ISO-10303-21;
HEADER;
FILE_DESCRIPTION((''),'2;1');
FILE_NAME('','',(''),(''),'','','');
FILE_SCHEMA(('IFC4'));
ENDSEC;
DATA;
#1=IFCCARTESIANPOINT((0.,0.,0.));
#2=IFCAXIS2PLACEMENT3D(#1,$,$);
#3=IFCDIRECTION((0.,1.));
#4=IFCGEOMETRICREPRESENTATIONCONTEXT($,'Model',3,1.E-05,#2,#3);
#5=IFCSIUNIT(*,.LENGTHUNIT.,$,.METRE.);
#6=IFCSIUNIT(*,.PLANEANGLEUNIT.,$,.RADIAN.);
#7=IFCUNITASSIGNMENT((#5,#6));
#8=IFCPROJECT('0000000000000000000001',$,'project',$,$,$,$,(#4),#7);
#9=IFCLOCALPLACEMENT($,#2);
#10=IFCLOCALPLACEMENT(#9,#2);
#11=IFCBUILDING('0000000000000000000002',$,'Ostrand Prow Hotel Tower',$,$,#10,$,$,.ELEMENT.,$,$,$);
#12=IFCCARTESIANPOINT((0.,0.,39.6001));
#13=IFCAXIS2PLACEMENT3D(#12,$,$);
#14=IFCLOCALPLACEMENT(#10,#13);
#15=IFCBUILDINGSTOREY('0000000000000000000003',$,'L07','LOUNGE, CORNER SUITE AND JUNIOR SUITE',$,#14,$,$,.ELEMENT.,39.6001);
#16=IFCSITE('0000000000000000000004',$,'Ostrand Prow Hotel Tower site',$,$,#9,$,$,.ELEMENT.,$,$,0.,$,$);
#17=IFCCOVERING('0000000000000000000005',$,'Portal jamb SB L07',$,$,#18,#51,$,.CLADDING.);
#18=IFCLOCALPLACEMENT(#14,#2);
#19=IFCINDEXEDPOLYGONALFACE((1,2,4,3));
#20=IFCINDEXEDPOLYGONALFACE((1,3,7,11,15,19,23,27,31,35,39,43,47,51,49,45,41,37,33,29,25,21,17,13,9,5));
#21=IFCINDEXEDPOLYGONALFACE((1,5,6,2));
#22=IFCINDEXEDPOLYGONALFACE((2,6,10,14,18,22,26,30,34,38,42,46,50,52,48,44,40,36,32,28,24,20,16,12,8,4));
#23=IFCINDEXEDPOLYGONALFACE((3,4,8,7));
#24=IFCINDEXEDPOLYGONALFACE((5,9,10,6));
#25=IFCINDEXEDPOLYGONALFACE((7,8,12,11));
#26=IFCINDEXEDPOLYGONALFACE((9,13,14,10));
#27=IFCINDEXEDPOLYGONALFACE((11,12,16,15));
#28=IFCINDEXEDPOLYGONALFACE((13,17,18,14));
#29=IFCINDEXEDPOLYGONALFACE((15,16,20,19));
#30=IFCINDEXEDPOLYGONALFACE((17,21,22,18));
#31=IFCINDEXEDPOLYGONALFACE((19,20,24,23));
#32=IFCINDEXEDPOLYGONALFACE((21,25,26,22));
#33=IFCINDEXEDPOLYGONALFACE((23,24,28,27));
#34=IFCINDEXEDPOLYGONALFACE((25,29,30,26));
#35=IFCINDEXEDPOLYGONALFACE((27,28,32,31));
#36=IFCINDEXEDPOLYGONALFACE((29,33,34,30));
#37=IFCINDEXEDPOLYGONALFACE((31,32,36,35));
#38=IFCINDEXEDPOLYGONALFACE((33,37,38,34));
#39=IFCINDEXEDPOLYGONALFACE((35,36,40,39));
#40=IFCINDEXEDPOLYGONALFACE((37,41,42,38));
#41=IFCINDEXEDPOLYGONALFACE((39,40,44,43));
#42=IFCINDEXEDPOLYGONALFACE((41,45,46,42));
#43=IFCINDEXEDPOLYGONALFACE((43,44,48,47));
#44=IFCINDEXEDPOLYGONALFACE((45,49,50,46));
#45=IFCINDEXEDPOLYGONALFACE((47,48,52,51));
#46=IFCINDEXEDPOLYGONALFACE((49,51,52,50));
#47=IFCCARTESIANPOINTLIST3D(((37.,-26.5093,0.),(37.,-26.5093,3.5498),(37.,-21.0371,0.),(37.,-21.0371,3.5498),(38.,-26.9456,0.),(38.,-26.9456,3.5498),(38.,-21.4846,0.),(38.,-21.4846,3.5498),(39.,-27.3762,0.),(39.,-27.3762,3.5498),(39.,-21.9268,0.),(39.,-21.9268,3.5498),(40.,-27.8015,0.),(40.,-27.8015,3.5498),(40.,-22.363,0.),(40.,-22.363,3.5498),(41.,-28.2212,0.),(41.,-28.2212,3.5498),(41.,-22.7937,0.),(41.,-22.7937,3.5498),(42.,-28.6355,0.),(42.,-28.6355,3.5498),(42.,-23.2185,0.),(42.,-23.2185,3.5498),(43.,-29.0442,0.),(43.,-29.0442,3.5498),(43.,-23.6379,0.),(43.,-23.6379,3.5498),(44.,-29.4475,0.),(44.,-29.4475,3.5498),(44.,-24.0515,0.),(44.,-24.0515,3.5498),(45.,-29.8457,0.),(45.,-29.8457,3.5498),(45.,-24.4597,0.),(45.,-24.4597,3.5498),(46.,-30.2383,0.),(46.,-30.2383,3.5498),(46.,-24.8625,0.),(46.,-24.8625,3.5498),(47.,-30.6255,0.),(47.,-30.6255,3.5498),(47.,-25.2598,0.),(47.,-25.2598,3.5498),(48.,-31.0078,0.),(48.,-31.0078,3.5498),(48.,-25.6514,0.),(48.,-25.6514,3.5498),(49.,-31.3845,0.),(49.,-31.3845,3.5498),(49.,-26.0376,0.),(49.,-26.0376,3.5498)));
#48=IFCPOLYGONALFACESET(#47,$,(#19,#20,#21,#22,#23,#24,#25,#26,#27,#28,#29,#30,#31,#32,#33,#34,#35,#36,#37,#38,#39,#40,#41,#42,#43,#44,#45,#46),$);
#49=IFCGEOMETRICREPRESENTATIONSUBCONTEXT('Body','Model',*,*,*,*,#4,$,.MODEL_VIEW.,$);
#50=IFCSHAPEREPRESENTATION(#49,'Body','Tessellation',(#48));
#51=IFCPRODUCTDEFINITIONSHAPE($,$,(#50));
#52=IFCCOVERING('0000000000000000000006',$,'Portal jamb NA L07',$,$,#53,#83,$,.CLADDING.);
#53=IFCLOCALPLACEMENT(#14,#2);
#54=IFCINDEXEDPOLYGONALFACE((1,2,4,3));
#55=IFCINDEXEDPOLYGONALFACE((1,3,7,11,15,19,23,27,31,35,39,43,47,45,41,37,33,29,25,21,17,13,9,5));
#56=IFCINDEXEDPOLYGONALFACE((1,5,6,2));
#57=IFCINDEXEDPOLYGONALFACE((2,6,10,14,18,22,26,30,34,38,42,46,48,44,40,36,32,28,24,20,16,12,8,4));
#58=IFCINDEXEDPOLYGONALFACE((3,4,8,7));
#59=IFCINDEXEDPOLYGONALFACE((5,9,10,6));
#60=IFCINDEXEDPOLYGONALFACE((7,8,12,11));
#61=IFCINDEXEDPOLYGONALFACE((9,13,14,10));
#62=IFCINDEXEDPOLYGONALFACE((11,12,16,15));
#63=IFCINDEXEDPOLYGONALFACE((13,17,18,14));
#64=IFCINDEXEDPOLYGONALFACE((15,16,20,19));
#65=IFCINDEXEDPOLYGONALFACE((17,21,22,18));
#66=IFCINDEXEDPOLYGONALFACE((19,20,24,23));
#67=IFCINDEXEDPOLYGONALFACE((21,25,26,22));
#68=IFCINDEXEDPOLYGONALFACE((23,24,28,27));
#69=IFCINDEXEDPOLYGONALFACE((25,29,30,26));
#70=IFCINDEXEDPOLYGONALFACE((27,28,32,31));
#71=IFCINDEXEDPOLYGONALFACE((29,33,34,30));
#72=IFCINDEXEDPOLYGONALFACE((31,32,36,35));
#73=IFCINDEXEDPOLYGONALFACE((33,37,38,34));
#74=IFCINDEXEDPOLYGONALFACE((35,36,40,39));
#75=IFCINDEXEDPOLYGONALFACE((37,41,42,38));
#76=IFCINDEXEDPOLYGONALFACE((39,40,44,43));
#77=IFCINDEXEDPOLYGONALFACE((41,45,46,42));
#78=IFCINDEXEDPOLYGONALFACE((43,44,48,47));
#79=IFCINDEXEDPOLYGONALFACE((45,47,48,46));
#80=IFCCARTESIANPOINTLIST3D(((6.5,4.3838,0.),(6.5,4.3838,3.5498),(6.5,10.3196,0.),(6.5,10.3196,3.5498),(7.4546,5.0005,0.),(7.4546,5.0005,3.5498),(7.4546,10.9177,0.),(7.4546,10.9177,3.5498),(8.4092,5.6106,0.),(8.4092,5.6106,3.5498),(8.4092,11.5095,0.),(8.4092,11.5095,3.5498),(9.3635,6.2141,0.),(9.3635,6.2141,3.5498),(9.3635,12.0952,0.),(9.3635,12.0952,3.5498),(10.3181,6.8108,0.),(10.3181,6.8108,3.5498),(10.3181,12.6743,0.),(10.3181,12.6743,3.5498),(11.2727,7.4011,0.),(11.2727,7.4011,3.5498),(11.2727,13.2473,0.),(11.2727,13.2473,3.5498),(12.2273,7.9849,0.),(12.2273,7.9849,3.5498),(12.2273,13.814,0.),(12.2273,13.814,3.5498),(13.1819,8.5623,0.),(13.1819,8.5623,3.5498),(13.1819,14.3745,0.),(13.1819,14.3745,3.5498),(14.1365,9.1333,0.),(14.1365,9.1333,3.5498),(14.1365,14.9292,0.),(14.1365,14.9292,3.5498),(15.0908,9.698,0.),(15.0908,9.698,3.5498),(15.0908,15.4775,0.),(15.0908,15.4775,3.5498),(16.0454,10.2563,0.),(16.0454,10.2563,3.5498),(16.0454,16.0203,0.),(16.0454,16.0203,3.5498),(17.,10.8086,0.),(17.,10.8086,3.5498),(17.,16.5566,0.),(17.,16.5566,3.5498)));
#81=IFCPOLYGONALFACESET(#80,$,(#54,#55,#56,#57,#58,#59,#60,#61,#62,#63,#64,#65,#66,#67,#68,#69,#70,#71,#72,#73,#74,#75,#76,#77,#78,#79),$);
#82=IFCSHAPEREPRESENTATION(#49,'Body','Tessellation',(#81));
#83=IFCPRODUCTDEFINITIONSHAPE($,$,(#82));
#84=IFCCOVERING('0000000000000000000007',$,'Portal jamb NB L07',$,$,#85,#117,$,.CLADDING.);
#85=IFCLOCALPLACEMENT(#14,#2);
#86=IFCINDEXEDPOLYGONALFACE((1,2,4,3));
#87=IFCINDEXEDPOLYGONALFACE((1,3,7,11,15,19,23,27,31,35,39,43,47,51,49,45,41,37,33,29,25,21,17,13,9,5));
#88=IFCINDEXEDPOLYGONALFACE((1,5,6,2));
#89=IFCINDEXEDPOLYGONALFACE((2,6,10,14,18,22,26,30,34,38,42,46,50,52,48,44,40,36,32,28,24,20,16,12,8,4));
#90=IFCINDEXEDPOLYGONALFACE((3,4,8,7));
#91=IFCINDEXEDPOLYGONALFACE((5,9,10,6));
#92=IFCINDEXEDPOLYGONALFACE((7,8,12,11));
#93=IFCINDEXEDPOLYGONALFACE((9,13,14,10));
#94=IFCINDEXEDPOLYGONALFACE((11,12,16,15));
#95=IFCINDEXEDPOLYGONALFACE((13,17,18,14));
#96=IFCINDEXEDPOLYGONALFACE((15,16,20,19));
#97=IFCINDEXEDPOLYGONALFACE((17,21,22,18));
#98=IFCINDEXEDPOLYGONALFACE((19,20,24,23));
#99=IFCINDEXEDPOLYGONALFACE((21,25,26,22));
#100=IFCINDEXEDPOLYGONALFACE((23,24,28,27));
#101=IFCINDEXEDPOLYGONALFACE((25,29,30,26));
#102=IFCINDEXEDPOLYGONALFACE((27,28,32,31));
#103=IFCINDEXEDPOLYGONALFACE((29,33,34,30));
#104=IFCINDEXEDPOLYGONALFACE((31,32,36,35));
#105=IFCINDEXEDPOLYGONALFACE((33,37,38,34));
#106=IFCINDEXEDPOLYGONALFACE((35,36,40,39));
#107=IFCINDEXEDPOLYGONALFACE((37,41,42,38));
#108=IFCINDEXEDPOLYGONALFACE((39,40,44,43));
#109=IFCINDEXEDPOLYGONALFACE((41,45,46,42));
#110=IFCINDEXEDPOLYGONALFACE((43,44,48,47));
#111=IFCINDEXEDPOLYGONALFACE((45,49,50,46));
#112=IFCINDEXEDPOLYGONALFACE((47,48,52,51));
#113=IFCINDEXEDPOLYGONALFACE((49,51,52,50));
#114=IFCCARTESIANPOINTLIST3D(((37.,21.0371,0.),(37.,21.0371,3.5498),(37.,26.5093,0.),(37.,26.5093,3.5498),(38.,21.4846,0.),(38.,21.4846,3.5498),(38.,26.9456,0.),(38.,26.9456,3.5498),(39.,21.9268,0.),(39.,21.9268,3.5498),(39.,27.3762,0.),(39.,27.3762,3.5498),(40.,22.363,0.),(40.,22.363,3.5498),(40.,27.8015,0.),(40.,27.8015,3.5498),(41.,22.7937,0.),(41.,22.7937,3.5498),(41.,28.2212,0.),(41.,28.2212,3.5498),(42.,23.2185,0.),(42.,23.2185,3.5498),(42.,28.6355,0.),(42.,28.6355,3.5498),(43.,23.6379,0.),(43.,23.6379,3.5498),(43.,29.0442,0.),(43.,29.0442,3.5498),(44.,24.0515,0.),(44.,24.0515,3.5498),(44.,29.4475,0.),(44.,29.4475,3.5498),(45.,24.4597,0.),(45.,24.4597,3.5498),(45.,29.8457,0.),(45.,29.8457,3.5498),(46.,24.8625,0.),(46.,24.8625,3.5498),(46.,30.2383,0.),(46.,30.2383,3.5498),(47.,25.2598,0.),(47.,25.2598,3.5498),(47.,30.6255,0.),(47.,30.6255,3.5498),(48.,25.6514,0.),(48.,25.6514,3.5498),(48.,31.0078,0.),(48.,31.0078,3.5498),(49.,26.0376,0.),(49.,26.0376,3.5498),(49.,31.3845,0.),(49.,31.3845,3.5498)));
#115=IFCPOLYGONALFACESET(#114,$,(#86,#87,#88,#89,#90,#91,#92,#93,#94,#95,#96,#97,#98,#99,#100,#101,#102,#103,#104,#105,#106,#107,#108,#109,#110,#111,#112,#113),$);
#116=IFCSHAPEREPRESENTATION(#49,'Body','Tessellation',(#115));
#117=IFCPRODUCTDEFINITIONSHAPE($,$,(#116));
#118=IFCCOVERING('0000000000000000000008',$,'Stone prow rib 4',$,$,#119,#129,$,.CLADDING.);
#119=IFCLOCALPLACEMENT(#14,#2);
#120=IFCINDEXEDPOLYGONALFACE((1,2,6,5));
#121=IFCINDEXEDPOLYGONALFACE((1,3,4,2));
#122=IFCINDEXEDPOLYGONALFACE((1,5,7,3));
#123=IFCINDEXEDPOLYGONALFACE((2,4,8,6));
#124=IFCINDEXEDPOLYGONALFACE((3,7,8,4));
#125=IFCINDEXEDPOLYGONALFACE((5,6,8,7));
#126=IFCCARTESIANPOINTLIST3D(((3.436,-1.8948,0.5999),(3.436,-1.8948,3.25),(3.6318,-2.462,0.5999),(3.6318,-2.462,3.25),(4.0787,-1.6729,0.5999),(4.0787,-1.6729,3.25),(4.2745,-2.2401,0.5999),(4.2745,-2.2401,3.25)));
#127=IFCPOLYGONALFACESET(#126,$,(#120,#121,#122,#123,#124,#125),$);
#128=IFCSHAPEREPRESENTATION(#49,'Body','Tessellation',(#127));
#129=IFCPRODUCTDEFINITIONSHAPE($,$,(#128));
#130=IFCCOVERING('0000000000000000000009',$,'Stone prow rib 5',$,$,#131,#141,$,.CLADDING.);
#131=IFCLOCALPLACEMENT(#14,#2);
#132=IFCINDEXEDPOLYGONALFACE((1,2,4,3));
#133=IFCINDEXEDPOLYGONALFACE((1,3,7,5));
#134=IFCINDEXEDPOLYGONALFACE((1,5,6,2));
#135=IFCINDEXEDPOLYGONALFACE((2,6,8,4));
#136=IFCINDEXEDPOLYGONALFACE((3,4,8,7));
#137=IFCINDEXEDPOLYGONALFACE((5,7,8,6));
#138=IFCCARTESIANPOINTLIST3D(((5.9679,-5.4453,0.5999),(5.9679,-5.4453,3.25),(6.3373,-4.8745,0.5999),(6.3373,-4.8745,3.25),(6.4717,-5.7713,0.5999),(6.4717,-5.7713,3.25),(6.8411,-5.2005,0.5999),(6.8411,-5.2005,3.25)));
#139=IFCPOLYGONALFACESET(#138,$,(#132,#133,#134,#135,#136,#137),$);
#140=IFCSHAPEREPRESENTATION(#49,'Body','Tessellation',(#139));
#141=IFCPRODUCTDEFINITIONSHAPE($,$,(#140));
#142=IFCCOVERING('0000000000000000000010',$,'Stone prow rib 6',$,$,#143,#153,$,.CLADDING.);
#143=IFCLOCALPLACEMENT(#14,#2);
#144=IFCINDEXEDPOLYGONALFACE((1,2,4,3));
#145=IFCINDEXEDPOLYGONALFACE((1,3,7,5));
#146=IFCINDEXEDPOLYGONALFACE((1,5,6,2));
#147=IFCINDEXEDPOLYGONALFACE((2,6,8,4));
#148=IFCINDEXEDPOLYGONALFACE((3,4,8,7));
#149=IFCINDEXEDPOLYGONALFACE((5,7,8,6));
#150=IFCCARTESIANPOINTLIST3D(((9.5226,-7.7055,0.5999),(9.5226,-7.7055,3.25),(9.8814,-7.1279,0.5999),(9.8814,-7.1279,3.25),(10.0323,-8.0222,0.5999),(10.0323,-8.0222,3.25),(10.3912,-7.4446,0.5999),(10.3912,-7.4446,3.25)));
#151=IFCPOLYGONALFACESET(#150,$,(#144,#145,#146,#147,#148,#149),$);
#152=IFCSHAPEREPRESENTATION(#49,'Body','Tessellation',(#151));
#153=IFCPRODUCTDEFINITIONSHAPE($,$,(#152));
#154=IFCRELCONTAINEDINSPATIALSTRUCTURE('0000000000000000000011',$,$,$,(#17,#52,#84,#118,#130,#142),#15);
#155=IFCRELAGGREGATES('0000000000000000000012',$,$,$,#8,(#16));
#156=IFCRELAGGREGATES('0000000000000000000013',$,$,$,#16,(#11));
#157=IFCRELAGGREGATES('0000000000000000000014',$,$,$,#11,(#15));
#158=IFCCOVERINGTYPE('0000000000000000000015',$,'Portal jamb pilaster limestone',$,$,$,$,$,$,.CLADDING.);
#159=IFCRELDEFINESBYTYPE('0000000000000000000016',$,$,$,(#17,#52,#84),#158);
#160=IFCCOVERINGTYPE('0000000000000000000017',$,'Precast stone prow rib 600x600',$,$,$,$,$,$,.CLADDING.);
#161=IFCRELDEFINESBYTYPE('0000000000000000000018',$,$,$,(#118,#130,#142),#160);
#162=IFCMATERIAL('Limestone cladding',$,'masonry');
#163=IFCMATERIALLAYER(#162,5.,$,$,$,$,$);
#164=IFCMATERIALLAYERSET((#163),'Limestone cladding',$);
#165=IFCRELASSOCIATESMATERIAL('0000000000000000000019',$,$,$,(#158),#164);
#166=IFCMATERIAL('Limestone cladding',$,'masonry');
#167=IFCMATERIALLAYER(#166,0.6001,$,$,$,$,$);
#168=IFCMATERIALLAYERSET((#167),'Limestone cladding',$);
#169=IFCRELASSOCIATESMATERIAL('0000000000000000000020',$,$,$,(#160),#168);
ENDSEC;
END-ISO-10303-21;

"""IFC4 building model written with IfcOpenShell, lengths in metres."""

from ifc_helpers import new_model, si_unit, direction, frame, frame_2d, origin, place, context, subcontext, project, spatial, polyline, rectangle, outline, extrude, material, layer, layer_set, type_object, element, save


model = new_model("IFC4")

# Units and contexts
model_context = context("Model", 3, precision=1e-05, world=origin(), true_north=direction((0.0, 1.0)))
body_context = subcontext(model_context, "Body", "Model", "MODEL_VIEW")
ifc_project = project(units=[si_unit("LENGTHUNIT", "METRE"), si_unit("PLANEANGLEUNIT", "RADIAN")], contexts=[model_context])

# Site, building, storey
site_placement = place(None, origin())
site = spatial("IfcSite", under=ifc_project, at=site_placement, Name="Ostrand Prow Hotel Tower site", CompositionType="ELEMENT", RefElevation=0.0)
building_placement = place(site_placement, origin())
building = spatial("IfcBuilding", under=site, at=building_placement, Name="Ostrand Prow Hotel Tower", CompositionType="ELEMENT")
storey_placement = place(building_placement, frame((0.0, 0.0, 39.6001)))
storey = spatial("IfcBuildingStorey", under=building, at=storey_placement, Name="L07", Description="LOUNGE, CORNER SUITE AND JUNIOR SUITE", CompositionType="ELEMENT", Elevation=39.6001)

# Coverings
ifc_material_1 = material(Name="Limestone cladding", Category="masonry")
ifc_layer_1 = layer(ifc_material_1, 5.0)
ifc_layer_set_1 = layer_set([ifc_layer_1], Name="Limestone cladding")
covering_type_1 = type_object("IfcCoveringType", Name="Portal jamb pilaster limestone", PredefinedType="CLADDING", material=ifc_layer_set_1)
covering_1_placement = place(storey_placement, origin())
element("IfcCovering", 1, at=covering_1_placement, inside=storey, type_object=covering_type_1, Name="Portal jamb SB L07", PredefinedType="CLADDING", context=body_context, shape_type="SweptSolid", body=[
    extrude(outline(polyline([(37.0, -21.0371), (37.0, -26.5093), (38.0, -26.9456), (39.0, -27.3762), (40.0, -27.8015), (41.0, -28.2212), (42.0, -28.6355), (43.0, -29.0442), (44.0, -29.4475), (45.0, -29.8457), (46.0, -30.2383), (47.0, -30.6255), (48.0, -31.0078), (49.0, -31.3845), (49.0, -26.0376), (48.0, -25.6514), (47.0, -25.2598), (46.0, -24.8625), (45.0, -24.4597), (44.0, -24.0515), (43.0, -23.6379), (42.0, -23.2185), (41.0, -22.7937), (40.0, -22.363), (39.0, -21.9268), (38.0, -21.4846), (37.0, -21.0371)])), origin(), (0.0, 0.0, 1.0), 3.5498),
])
covering_2_placement = place(storey_placement, origin())
element("IfcCovering", 2, at=covering_2_placement, inside=storey, type_object=covering_type_1, Name="Portal jamb NA L07", PredefinedType="CLADDING", context=body_context, shape_type="SweptSolid", body=[
    extrude(outline(polyline([(6.5, 4.3838), (7.4546, 5.0005), (8.4092, 5.6106), (9.3635, 6.2141), (10.3181, 6.8108), (11.2727, 7.4011), (12.2273, 7.9849), (13.1819, 8.5623), (14.1365, 9.1333), (15.0908, 9.698), (16.0454, 10.2563), (17.0, 10.8086), (17.0, 16.5566), (16.0454, 16.0203), (15.0908, 15.4775), (14.1365, 14.9292), (13.1819, 14.3745), (12.2273, 13.814), (11.2727, 13.2473), (10.3181, 12.6743), (9.3635, 12.0952), (8.4092, 11.5095), (7.4546, 10.9177), (6.5, 10.3196), (6.5, 4.3838)])), origin(), (0.0, 0.0, 1.0), 3.5498),
])
covering_3_placement = place(storey_placement, origin())
element("IfcCovering", 3, at=covering_3_placement, inside=storey, type_object=covering_type_1, Name="Portal jamb NB L07", PredefinedType="CLADDING", context=body_context, shape_type="SweptSolid", body=[
    extrude(outline(polyline([(37.0, 21.0371), (38.0, 21.4846), (39.0, 21.9268), (40.0, 22.363), (41.0, 22.7937), (42.0, 23.2185), (43.0, 23.6379), (44.0, 24.0515), (45.0, 24.4597), (46.0, 24.8625), (47.0, 25.2598), (48.0, 25.6514), (49.0, 26.0376), (49.0, 31.3845), (48.0, 31.0078), (47.0, 30.6255), (46.0, 30.2383), (45.0, 29.8457), (44.0, 29.4475), (43.0, 29.0442), (42.0, 28.6355), (41.0, 28.2212), (40.0, 27.8015), (39.0, 27.3762), (38.0, 26.9456), (37.0, 26.5093), (37.0, 21.0371)])), origin(), (0.0, 0.0, 1.0), 3.5498),
])
ifc_material_2 = material(Name="Limestone cladding", Category="masonry")
ifc_layer_2 = layer(ifc_material_2, 0.6001)
ifc_layer_set_2 = layer_set([ifc_layer_2], Name="Limestone cladding")
covering_type_2 = type_object("IfcCoveringType", Name="Precast stone prow rib 600x600", PredefinedType="CLADDING", material=ifc_layer_set_2)
for number, where, z_axis, x_axis, name in (
    (4, (4.1765, -1.9565, 0.5999), (0.0, 0.0, 1.0), (-0.945255, -0.326334, 0.0), "Stone prow rib 4"),
    (5, (6.5891, -5.0376, 0.5999), (0.0, 0.0, 1.0), (-0.543296, -0.839541, 0.0), "Stone prow rib 5"),
    (6, (10.1362, -7.2864, 0.5999), (0.0, 0.0, 1.0), (-0.527738, -0.849407, 0.0), "Stone prow rib 6"),
):
    element("IfcCovering", number, at=place(storey_placement, frame(where, z_axis=z_axis, x_axis=x_axis)), inside=storey, type_object=covering_type_2, Name=name, PredefinedType="CLADDING", context=body_context, shape_type="SweptSolid", body=[
        extrude(rectangle(XDim=0.6799, YDim=0.6001, at=frame_2d((0.3398, 0.0))), origin(), (0.0, 0.0, 1.0), 2.6501),
    ])

save(model, "model.ifc")
